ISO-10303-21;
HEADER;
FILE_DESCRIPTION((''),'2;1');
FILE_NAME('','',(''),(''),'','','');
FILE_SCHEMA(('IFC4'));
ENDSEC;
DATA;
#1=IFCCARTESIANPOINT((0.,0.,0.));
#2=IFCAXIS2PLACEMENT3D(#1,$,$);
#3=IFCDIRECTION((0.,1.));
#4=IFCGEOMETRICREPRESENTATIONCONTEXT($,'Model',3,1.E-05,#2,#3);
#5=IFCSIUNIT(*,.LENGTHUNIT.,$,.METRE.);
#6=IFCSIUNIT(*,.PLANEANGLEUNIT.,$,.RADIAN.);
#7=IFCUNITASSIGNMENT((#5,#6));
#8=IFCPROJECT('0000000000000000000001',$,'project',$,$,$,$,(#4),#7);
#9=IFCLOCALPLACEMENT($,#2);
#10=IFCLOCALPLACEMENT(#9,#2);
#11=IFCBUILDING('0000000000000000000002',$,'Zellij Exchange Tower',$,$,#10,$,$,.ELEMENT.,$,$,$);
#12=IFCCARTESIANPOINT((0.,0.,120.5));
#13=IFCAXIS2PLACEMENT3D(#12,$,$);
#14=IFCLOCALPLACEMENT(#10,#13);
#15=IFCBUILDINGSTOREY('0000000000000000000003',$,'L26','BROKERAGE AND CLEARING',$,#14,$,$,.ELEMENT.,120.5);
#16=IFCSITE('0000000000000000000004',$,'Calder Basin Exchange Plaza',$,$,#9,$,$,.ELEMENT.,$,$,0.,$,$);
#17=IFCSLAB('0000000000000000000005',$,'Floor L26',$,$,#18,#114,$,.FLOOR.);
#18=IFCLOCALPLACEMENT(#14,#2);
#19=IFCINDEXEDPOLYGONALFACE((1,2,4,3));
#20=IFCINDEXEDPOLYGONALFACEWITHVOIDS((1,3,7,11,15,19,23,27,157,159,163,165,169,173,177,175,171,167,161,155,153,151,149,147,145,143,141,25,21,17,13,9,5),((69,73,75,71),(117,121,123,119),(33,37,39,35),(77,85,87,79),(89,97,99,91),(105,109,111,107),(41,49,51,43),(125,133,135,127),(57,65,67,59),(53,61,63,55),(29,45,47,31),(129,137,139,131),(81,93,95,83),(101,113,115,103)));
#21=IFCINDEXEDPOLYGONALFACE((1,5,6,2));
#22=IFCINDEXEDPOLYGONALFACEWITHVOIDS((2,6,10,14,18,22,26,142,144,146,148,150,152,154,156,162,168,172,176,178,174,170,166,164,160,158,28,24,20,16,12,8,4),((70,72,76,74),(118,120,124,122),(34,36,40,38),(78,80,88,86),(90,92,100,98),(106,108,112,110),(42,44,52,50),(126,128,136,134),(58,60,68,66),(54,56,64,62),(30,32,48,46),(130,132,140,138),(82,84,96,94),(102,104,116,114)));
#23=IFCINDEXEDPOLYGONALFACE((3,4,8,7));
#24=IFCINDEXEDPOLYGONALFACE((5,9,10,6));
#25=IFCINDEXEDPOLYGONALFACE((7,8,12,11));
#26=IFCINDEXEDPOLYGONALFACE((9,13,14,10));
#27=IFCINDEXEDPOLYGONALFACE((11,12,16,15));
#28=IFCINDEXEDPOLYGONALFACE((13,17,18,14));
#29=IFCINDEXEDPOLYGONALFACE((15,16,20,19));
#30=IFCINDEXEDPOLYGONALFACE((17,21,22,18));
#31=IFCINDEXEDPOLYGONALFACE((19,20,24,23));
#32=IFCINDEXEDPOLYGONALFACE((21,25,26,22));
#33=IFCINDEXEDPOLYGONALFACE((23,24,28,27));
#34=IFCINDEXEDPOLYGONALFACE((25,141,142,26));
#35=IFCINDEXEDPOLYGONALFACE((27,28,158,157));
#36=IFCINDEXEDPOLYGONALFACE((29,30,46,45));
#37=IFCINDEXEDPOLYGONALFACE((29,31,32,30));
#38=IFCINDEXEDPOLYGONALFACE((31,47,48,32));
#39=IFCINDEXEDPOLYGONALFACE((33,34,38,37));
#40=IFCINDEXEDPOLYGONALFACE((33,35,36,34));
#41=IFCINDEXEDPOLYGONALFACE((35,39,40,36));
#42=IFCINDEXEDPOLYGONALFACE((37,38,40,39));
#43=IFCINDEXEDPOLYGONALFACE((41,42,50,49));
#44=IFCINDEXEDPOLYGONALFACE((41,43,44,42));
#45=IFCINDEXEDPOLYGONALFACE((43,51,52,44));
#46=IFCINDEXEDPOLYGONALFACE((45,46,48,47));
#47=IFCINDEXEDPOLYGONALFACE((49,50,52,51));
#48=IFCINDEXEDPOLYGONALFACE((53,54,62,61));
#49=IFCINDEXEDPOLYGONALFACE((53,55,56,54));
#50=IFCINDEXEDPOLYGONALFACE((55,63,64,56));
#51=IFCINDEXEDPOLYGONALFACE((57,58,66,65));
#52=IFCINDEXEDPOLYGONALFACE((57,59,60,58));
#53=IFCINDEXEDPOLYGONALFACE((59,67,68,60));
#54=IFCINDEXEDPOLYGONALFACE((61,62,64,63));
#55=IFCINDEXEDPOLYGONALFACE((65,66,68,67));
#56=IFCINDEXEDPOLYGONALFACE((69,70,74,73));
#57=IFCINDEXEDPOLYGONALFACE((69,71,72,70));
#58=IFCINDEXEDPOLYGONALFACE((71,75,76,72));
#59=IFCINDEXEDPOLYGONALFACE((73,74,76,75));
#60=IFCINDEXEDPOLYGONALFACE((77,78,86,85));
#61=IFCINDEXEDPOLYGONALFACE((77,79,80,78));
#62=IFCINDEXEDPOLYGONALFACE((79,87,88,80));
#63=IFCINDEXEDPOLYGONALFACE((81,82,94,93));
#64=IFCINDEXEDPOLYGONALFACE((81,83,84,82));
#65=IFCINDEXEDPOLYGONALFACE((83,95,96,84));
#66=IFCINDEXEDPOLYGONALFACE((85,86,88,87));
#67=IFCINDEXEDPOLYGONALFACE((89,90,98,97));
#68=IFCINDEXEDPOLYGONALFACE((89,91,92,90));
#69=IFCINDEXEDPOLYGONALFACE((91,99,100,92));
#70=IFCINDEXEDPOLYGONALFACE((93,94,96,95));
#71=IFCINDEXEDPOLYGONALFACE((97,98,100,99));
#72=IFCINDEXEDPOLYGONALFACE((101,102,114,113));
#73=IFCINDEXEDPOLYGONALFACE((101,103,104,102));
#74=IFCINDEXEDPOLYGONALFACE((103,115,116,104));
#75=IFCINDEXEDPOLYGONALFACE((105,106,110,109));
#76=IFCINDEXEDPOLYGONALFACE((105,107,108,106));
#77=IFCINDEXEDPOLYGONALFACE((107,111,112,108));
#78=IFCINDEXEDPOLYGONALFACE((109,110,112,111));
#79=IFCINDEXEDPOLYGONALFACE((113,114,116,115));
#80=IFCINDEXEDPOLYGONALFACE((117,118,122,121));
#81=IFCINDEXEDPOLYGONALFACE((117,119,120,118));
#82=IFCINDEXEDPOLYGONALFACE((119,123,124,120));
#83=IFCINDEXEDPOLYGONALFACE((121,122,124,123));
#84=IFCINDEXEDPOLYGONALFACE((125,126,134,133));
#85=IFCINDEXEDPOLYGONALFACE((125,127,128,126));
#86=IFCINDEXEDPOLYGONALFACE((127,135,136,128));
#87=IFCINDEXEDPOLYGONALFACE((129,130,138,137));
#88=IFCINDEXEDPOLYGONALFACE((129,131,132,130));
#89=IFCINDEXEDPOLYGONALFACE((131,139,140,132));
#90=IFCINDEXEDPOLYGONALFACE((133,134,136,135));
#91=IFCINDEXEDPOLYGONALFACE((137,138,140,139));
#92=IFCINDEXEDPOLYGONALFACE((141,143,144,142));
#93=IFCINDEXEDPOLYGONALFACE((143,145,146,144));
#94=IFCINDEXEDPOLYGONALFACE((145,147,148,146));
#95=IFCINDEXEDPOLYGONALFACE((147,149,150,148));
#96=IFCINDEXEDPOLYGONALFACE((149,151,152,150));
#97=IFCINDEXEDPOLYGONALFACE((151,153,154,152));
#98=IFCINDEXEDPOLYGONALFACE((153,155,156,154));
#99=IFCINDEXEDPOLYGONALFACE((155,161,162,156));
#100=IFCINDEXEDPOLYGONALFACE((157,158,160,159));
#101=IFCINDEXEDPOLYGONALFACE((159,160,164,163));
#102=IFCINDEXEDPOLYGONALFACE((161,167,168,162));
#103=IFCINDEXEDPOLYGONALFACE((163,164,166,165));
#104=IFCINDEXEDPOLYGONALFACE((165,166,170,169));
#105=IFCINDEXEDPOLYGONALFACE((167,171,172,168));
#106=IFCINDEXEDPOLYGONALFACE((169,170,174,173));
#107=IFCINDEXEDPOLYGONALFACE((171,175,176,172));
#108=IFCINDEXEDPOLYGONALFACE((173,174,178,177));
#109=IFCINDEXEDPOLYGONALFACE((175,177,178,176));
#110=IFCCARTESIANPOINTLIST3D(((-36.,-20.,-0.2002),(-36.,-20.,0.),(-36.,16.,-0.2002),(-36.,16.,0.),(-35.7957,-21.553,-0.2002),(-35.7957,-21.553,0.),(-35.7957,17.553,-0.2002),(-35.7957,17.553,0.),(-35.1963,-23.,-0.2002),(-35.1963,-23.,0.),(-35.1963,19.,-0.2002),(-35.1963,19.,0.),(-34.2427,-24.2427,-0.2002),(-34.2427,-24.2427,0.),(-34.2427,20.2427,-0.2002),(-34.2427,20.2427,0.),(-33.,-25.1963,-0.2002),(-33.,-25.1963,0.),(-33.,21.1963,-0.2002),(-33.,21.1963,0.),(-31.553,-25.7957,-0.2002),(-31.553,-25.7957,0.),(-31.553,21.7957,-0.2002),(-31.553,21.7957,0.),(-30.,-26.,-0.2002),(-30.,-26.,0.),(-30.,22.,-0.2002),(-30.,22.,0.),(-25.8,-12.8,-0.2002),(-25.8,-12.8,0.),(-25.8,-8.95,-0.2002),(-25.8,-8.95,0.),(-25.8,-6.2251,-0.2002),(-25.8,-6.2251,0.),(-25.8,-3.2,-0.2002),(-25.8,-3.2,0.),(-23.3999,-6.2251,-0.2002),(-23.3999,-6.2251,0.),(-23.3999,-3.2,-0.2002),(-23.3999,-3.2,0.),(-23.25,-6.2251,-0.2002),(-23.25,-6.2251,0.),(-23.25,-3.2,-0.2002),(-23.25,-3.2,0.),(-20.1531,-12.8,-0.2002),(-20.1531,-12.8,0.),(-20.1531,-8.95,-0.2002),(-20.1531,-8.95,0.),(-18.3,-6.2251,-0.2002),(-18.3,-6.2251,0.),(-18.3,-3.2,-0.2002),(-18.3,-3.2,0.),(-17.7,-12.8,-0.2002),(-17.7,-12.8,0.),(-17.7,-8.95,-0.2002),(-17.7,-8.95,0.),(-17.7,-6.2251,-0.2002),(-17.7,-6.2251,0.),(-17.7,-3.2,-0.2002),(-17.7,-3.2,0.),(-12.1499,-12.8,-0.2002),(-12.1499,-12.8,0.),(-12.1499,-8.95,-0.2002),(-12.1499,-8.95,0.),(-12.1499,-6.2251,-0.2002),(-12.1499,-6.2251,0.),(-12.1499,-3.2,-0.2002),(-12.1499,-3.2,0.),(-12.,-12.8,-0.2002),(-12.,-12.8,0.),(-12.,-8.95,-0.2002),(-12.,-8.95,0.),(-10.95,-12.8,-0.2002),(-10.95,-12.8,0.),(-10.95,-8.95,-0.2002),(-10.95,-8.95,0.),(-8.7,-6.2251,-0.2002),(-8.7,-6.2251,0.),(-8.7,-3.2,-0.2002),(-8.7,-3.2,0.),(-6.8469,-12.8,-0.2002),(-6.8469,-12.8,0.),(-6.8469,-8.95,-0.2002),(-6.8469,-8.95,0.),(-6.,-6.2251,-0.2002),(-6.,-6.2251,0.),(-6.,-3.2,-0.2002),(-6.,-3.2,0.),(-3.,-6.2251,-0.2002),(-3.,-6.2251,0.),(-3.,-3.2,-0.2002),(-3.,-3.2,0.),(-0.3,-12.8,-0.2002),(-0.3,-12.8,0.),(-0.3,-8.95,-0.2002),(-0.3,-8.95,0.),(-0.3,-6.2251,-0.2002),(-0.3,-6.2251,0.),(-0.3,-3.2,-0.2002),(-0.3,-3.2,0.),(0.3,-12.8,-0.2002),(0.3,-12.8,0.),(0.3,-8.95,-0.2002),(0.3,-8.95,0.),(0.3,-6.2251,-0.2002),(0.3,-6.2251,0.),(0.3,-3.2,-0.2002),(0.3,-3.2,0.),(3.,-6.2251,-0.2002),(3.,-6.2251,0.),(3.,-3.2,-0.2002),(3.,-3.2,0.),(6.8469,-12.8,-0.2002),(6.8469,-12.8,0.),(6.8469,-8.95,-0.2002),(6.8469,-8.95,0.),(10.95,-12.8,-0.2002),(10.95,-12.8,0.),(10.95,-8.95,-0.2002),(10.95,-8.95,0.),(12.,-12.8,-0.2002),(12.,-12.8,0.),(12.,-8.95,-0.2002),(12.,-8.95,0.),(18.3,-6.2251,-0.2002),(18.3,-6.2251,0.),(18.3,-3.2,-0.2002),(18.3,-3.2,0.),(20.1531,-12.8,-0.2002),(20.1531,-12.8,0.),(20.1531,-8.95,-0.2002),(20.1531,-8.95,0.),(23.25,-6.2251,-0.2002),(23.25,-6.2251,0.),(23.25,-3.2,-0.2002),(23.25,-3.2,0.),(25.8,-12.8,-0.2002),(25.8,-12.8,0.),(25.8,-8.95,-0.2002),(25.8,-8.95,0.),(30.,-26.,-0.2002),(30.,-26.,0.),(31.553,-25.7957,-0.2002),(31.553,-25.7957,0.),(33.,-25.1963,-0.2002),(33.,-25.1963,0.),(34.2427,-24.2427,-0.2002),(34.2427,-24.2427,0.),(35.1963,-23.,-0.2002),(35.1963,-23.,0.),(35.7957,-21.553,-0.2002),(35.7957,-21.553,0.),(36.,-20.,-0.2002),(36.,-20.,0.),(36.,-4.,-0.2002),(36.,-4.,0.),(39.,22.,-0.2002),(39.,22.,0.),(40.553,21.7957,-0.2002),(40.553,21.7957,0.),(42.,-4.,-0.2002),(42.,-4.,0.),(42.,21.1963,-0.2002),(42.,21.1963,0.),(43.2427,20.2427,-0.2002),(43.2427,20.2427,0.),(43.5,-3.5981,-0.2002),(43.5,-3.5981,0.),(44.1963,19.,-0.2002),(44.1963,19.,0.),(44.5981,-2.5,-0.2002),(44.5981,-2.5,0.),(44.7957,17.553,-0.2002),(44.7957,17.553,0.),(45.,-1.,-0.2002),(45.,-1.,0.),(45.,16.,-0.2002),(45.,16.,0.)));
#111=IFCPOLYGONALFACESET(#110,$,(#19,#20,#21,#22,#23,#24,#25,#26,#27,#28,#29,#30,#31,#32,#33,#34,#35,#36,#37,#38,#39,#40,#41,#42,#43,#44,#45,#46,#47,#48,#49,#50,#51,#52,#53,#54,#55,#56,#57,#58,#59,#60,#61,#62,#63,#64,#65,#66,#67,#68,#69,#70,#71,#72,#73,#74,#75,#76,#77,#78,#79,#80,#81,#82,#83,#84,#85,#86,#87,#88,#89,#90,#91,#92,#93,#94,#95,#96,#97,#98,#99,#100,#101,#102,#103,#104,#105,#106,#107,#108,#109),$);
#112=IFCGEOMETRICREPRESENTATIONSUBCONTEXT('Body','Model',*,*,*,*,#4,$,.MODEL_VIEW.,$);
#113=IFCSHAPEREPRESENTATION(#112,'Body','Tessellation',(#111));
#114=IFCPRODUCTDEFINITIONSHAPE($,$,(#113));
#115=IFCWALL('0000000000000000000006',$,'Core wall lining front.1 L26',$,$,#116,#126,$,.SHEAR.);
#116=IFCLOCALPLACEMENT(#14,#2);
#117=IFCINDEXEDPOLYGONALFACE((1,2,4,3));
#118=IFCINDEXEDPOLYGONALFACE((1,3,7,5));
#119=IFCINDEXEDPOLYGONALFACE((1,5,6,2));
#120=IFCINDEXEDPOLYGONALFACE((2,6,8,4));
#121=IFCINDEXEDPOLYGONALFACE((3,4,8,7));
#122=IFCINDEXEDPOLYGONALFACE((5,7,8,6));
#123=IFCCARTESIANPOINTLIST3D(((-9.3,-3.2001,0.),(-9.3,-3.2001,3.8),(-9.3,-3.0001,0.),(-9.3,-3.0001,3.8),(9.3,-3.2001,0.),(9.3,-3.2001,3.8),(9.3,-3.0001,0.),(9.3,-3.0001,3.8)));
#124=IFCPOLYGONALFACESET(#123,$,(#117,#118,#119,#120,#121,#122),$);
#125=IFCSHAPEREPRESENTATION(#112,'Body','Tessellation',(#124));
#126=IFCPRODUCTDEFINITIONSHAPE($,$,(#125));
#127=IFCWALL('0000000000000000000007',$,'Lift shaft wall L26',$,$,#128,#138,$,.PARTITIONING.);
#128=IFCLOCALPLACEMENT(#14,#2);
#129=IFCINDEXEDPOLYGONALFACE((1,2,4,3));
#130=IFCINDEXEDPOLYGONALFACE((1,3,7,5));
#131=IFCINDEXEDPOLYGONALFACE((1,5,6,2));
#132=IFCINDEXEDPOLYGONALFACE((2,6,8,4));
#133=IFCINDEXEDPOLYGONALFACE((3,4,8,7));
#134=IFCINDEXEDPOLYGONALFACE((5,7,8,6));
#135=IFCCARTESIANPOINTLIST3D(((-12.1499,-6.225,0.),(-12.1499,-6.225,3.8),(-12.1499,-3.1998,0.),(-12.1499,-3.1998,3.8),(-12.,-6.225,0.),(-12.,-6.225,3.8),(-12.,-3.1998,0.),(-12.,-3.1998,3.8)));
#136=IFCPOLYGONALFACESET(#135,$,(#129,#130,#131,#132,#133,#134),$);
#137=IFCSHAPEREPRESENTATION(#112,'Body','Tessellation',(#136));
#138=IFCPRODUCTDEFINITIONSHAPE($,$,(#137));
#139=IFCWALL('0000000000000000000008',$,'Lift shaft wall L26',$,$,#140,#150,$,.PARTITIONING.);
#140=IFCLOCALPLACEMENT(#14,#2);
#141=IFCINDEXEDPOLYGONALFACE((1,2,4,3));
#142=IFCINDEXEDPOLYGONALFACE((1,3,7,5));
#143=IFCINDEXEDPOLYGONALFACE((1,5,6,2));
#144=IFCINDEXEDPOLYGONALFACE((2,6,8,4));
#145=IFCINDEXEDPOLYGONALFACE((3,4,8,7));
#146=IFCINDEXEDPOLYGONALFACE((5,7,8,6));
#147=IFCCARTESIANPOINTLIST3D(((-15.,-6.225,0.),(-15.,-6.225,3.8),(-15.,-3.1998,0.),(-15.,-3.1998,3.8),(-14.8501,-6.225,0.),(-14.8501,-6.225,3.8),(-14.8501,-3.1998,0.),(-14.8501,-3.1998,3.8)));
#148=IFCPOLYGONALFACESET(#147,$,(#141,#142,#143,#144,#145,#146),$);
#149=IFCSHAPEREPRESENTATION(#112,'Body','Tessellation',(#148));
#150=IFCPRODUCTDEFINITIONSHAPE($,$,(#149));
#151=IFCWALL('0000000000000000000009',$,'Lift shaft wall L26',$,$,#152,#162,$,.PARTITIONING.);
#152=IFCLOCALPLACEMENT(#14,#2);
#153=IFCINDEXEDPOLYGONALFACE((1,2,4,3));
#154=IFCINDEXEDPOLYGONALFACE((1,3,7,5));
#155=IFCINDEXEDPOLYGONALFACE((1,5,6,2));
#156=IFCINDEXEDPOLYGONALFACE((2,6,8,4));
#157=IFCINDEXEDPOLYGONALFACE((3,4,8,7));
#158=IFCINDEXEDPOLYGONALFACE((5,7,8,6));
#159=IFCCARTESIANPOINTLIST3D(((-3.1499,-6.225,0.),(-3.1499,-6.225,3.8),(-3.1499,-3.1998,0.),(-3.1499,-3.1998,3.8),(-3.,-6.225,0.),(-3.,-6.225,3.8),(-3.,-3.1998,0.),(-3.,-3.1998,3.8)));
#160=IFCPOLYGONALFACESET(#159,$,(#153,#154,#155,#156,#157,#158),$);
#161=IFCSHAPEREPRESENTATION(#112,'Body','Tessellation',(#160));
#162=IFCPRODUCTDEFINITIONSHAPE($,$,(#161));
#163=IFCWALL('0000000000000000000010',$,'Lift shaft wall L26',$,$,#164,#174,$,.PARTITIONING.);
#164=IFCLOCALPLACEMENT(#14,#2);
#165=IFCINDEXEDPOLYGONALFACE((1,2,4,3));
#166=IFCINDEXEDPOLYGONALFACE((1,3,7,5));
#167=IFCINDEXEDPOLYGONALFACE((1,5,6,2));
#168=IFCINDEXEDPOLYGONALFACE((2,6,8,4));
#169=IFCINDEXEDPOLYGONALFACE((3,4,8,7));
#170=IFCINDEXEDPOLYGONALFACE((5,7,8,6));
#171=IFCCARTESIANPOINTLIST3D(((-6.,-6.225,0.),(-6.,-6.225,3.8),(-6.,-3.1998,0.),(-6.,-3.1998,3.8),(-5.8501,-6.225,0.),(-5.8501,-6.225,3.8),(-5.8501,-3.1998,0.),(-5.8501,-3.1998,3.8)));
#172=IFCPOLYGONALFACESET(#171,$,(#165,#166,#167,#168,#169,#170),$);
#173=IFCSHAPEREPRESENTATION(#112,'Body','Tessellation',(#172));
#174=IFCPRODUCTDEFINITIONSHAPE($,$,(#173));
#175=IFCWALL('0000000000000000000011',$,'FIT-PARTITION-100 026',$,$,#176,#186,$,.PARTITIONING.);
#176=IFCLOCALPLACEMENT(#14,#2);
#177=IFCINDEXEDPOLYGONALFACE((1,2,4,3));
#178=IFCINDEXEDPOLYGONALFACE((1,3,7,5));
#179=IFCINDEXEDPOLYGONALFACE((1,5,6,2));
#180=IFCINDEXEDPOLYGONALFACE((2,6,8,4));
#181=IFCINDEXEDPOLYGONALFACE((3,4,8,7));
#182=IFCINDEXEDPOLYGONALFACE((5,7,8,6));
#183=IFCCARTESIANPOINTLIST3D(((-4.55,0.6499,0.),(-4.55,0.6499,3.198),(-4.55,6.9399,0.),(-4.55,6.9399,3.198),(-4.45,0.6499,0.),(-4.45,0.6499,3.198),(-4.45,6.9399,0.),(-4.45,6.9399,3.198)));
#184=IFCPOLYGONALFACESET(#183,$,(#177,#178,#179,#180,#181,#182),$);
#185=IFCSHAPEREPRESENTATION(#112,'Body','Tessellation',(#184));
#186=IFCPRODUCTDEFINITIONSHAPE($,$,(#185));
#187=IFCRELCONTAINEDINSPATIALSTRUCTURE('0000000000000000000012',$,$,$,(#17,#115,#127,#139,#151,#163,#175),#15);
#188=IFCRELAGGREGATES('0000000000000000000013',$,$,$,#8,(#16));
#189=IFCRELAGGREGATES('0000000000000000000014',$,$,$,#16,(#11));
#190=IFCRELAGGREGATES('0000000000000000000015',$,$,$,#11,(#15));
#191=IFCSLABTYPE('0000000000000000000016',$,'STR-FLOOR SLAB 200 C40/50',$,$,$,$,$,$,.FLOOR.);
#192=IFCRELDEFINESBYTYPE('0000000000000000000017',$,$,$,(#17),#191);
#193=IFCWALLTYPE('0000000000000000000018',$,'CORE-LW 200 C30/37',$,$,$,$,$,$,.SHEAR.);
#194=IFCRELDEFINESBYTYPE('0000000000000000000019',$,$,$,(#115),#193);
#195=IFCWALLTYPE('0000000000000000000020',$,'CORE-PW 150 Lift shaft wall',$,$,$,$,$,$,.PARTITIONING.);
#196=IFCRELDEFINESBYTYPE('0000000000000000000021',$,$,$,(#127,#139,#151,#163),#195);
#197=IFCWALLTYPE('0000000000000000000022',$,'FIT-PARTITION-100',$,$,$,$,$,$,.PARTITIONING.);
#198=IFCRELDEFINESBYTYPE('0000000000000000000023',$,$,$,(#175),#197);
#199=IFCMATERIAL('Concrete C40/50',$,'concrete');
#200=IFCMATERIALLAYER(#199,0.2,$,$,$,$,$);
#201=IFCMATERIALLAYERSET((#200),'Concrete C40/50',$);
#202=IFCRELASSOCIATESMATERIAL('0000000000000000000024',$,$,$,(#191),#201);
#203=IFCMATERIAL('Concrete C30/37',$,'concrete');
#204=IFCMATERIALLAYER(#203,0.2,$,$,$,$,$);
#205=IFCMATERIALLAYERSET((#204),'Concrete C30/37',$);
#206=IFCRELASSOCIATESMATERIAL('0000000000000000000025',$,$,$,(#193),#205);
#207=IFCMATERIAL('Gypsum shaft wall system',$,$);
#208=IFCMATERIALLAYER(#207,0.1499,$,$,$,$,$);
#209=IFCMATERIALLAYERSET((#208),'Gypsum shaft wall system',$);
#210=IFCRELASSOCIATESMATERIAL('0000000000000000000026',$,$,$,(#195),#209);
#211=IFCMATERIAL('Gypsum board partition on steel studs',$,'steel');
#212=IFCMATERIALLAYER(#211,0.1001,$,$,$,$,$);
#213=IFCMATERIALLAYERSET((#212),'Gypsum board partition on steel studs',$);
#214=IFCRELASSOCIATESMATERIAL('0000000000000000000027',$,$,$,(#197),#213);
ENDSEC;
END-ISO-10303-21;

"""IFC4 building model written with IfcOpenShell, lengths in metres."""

from ifc_helpers import new_model, si_unit, direction, frame, frame_2d, origin, place, context, subcontext, project, spatial, polyline, rectangle, outline, extrude, material, layer, layer_set, type_object, element, save


model = new_model("IFC4")

# Units and contexts
model_context = context("Model", 3, precision=1e-05, world=origin(), true_north=direction((0.0, 1.0)))
body_context = subcontext(model_context, "Body", "Model", "MODEL_VIEW")
ifc_project = project(units=[si_unit("LENGTHUNIT", "METRE"), si_unit("PLANEANGLEUNIT", "RADIAN")], contexts=[model_context])

# Site, building, storey
site_placement = place(None, origin())
site = spatial("IfcSite", under=ifc_project, at=site_placement, Name="Calder Basin Exchange Plaza", CompositionType="ELEMENT", RefElevation=0.0)
building_placement = place(site_placement, origin())
building = spatial("IfcBuilding", under=site, at=building_placement, Name="Zellij Exchange Tower", CompositionType="ELEMENT")
storey_placement = place(building_placement, frame((0.0, 0.0, 120.5)))
storey = spatial("IfcBuildingStorey", under=building, at=storey_placement, Name="L26", Description="BROKERAGE AND CLEARING", CompositionType="ELEMENT", Elevation=120.5)

# Slab
ifc_material_1 = material(Name="Concrete C40/50", Category="concrete")
ifc_layer_1 = layer(ifc_material_1, 0.2)
ifc_layer_set_1 = layer_set([ifc_layer_1], Name="Concrete C40/50")
slab_type = type_object("IfcSlabType", Name="STR-FLOOR SLAB 200 C40/50", PredefinedType="FLOOR", material=ifc_layer_set_1)
slab_placement = place(storey_placement, frame((0.0, 0.0, -0.2002)))
element("IfcSlab", 1, at=slab_placement, inside=storey, type_object=slab_type, Name="Floor L26", PredefinedType="FLOOR", context=body_context, shape_type="SweptSolid", body=[
    extrude(outline(polyline([(35.7957, -21.553), (35.1963, -23.0), (34.2427, -24.2427), (33.0, -25.1963), (31.553, -25.7957), (30.0, -26.0), (-30.0, -26.0), (-31.553, -25.7957), (-33.0, -25.1963), (-34.2427, -24.2427), (-35.1963, -23.0), (-35.7957, -21.553), (-36.0, -20.0), (-36.0, 16.0), (-35.7957, 17.553), (-35.1963, 19.0), (-34.2427, 20.2427), (-33.0, 21.1963), (-31.553, 21.7957), (-30.0, 22.0), (39.0, 22.0), (40.553, 21.7957), (42.0, 21.1963), (43.2427, 20.2427), (44.1963, 19.0), (44.7957, 17.553), (45.0, 16.0), (45.0, -1.0), (44.5981, -2.5), (43.5, -3.5981), (42.0, -4.0), (36.0, -4.0), (36.0, -20.0), (35.7957, -21.553)]), holes=[polyline([(-25.8, -8.95), (-25.8, -12.8), (-20.1531, -12.8), (-20.1531, -8.95), (-25.8, -8.95)]), polyline([(-12.1499, -8.95), (-17.7, -8.95), (-17.7, -12.8), (-12.1499, -12.8), (-12.1499, -8.95)]), polyline([(-10.95, -8.95), (-12.0, -8.95), (-12.0, -12.8), (-10.95, -12.8), (-10.95, -8.95)]), polyline([(-23.3999, -3.2), (-25.8, -3.2), (-25.8, -6.2251), (-23.3999, -6.2251), (-23.3999, -3.2)]), polyline([(-18.3, -3.2), (-23.25, -3.2), (-23.25, -6.2251), (-18.3, -6.2251), (-18.3, -3.2)]), polyline([(-12.1499, -3.2), (-17.7, -3.2), (-17.7, -6.2251), (-12.1499, -6.2251), (-12.1499, -3.2)]), polyline([(-6.0, -3.2), (-8.7, -3.2), (-8.7, -6.2251), (-6.0, -6.2251), (-6.0, -3.2)]), polyline([(-6.8469, -8.95), (-6.8469, -12.8), (-0.3, -12.8), (-0.3, -8.95), (-6.8469, -8.95)]), polyline([(6.8469, -8.95), (0.3, -8.95), (0.3, -12.8), (6.8469, -12.8), (6.8469, -8.95)]), polyline([(12.0, -8.95), (10.95, -8.95), (10.95, -12.8), (12.0, -12.8), (12.0, -8.95)]), polyline([(25.8, -8.95), (20.1531, -8.95), (20.1531, -12.8), (25.8, -12.8), (25.8, -8.95)]), polyline([(-0.3, -3.2), (-3.0, -3.2), (-3.0, -6.2251), (-0.3, -6.2251), (-0.3, -3.2)]), polyline([(3.0, -3.2), (0.3, -3.2), (0.3, -6.2251), (3.0, -6.2251), (3.0, -3.2)]), polyline([(23.25, -3.2), (18.3, -3.2), (18.3, -6.2251), (23.25, -6.2251), (23.25, -3.2)])]), origin(), (0.0, 0.0, 1.0), 0.2002),
])

# Walls
ifc_material_2 = material(Name="Concrete C30/37", Category="concrete")
ifc_layer_2 = layer(ifc_material_2, 0.2)
ifc_layer_set_2 = layer_set([ifc_layer_2], Name="Concrete C30/37")
wall_type_1 = type_object("IfcWallType", Name="CORE-LW 200 C30/37", PredefinedType="SHEAR", material=ifc_layer_set_2)
wall_1_placement = place(storey_placement, frame((-9.3, -3.1001, 0.0), z_axis=(0.0, 0.0, 1.0), x_axis=(1.0, 0.0, 0.0)))
element("IfcWall", 2, at=wall_1_placement, inside=storey, type_object=wall_type_1, Name="Core wall lining front.1 L26", PredefinedType="SHEAR", context=body_context, shape_type="SweptSolid", body=[
    extrude(rectangle(XDim=18.6001, YDim=0.2, at=frame_2d((9.3, 0.0))), origin(), (0.0, 0.0, 1.0), 3.8),
])
ifc_material_3 = material(Name="Gypsum shaft wall system")
ifc_layer_3 = layer(ifc_material_3, 0.1499)
ifc_layer_set_3 = layer_set([ifc_layer_3], Name="Gypsum shaft wall system")
wall_type_2 = type_object("IfcWallType", Name="CORE-PW 150 Lift shaft wall", PredefinedType="PARTITIONING", material=ifc_layer_set_3)
for number, where, z_axis, x_axis, name in (
    (3, (-12.075, -6.2251, 0.0), (0.0, 0.0, 1.0), (0.0, 1.0, 0.0), "Lift shaft wall L26"),
    (4, (-14.925, -6.2251, 0.0), (0.0, 0.0, 1.0), (0.0, 1.0, 0.0), "Lift shaft wall L26"),
    (5, (-3.075, -6.2251, 0.0), (0.0, 0.0, 1.0), (0.0, 1.0, 0.0), "Lift shaft wall L26"),
    (6, (-5.925, -6.2251, 0.0), (0.0, 0.0, 1.0), (0.0, 1.0, 0.0), "Lift shaft wall L26"),
):
    element("IfcWall", number, at=place(storey_placement, frame(where, z_axis=z_axis, x_axis=x_axis)), inside=storey, type_object=wall_type_2, Name=name, PredefinedType="PARTITIONING", context=body_context, shape_type="SweptSolid", body=[
        extrude(rectangle(XDim=3.0251, YDim=0.1499, at=frame_2d((1.5127, 0.0))), origin(), (0.0, 0.0, 1.0), 3.8),
    ])
ifc_material_4 = material(Name="Gypsum board partition on steel studs", Category="steel")
ifc_layer_4 = layer(ifc_material_4, 0.1001)
ifc_layer_set_4 = layer_set([ifc_layer_4], Name="Gypsum board partition on steel studs")
wall_type_3 = type_object("IfcWallType", Name="FIT-PARTITION-100", PredefinedType="PARTITIONING", material=ifc_layer_set_4)
wall_2_placement = place(storey_placement, frame((-4.5, 0.6499, 0.0), z_axis=(0.0, 0.0, 1.0), x_axis=(0.0, 1.0, 0.0)))
element("IfcWall", 7, at=wall_2_placement, inside=storey, type_object=wall_type_3, Name="FIT-PARTITION-100 026", PredefinedType="PARTITIONING", context=body_context, shape_type="SweptSolid", body=[
    extrude(rectangle(XDim=6.29, YDim=0.1001, at=frame_2d((3.145, 0.0))), origin(), (0.0, 0.0, 1.0), 3.198),
])

save(model, "model.ifc")
